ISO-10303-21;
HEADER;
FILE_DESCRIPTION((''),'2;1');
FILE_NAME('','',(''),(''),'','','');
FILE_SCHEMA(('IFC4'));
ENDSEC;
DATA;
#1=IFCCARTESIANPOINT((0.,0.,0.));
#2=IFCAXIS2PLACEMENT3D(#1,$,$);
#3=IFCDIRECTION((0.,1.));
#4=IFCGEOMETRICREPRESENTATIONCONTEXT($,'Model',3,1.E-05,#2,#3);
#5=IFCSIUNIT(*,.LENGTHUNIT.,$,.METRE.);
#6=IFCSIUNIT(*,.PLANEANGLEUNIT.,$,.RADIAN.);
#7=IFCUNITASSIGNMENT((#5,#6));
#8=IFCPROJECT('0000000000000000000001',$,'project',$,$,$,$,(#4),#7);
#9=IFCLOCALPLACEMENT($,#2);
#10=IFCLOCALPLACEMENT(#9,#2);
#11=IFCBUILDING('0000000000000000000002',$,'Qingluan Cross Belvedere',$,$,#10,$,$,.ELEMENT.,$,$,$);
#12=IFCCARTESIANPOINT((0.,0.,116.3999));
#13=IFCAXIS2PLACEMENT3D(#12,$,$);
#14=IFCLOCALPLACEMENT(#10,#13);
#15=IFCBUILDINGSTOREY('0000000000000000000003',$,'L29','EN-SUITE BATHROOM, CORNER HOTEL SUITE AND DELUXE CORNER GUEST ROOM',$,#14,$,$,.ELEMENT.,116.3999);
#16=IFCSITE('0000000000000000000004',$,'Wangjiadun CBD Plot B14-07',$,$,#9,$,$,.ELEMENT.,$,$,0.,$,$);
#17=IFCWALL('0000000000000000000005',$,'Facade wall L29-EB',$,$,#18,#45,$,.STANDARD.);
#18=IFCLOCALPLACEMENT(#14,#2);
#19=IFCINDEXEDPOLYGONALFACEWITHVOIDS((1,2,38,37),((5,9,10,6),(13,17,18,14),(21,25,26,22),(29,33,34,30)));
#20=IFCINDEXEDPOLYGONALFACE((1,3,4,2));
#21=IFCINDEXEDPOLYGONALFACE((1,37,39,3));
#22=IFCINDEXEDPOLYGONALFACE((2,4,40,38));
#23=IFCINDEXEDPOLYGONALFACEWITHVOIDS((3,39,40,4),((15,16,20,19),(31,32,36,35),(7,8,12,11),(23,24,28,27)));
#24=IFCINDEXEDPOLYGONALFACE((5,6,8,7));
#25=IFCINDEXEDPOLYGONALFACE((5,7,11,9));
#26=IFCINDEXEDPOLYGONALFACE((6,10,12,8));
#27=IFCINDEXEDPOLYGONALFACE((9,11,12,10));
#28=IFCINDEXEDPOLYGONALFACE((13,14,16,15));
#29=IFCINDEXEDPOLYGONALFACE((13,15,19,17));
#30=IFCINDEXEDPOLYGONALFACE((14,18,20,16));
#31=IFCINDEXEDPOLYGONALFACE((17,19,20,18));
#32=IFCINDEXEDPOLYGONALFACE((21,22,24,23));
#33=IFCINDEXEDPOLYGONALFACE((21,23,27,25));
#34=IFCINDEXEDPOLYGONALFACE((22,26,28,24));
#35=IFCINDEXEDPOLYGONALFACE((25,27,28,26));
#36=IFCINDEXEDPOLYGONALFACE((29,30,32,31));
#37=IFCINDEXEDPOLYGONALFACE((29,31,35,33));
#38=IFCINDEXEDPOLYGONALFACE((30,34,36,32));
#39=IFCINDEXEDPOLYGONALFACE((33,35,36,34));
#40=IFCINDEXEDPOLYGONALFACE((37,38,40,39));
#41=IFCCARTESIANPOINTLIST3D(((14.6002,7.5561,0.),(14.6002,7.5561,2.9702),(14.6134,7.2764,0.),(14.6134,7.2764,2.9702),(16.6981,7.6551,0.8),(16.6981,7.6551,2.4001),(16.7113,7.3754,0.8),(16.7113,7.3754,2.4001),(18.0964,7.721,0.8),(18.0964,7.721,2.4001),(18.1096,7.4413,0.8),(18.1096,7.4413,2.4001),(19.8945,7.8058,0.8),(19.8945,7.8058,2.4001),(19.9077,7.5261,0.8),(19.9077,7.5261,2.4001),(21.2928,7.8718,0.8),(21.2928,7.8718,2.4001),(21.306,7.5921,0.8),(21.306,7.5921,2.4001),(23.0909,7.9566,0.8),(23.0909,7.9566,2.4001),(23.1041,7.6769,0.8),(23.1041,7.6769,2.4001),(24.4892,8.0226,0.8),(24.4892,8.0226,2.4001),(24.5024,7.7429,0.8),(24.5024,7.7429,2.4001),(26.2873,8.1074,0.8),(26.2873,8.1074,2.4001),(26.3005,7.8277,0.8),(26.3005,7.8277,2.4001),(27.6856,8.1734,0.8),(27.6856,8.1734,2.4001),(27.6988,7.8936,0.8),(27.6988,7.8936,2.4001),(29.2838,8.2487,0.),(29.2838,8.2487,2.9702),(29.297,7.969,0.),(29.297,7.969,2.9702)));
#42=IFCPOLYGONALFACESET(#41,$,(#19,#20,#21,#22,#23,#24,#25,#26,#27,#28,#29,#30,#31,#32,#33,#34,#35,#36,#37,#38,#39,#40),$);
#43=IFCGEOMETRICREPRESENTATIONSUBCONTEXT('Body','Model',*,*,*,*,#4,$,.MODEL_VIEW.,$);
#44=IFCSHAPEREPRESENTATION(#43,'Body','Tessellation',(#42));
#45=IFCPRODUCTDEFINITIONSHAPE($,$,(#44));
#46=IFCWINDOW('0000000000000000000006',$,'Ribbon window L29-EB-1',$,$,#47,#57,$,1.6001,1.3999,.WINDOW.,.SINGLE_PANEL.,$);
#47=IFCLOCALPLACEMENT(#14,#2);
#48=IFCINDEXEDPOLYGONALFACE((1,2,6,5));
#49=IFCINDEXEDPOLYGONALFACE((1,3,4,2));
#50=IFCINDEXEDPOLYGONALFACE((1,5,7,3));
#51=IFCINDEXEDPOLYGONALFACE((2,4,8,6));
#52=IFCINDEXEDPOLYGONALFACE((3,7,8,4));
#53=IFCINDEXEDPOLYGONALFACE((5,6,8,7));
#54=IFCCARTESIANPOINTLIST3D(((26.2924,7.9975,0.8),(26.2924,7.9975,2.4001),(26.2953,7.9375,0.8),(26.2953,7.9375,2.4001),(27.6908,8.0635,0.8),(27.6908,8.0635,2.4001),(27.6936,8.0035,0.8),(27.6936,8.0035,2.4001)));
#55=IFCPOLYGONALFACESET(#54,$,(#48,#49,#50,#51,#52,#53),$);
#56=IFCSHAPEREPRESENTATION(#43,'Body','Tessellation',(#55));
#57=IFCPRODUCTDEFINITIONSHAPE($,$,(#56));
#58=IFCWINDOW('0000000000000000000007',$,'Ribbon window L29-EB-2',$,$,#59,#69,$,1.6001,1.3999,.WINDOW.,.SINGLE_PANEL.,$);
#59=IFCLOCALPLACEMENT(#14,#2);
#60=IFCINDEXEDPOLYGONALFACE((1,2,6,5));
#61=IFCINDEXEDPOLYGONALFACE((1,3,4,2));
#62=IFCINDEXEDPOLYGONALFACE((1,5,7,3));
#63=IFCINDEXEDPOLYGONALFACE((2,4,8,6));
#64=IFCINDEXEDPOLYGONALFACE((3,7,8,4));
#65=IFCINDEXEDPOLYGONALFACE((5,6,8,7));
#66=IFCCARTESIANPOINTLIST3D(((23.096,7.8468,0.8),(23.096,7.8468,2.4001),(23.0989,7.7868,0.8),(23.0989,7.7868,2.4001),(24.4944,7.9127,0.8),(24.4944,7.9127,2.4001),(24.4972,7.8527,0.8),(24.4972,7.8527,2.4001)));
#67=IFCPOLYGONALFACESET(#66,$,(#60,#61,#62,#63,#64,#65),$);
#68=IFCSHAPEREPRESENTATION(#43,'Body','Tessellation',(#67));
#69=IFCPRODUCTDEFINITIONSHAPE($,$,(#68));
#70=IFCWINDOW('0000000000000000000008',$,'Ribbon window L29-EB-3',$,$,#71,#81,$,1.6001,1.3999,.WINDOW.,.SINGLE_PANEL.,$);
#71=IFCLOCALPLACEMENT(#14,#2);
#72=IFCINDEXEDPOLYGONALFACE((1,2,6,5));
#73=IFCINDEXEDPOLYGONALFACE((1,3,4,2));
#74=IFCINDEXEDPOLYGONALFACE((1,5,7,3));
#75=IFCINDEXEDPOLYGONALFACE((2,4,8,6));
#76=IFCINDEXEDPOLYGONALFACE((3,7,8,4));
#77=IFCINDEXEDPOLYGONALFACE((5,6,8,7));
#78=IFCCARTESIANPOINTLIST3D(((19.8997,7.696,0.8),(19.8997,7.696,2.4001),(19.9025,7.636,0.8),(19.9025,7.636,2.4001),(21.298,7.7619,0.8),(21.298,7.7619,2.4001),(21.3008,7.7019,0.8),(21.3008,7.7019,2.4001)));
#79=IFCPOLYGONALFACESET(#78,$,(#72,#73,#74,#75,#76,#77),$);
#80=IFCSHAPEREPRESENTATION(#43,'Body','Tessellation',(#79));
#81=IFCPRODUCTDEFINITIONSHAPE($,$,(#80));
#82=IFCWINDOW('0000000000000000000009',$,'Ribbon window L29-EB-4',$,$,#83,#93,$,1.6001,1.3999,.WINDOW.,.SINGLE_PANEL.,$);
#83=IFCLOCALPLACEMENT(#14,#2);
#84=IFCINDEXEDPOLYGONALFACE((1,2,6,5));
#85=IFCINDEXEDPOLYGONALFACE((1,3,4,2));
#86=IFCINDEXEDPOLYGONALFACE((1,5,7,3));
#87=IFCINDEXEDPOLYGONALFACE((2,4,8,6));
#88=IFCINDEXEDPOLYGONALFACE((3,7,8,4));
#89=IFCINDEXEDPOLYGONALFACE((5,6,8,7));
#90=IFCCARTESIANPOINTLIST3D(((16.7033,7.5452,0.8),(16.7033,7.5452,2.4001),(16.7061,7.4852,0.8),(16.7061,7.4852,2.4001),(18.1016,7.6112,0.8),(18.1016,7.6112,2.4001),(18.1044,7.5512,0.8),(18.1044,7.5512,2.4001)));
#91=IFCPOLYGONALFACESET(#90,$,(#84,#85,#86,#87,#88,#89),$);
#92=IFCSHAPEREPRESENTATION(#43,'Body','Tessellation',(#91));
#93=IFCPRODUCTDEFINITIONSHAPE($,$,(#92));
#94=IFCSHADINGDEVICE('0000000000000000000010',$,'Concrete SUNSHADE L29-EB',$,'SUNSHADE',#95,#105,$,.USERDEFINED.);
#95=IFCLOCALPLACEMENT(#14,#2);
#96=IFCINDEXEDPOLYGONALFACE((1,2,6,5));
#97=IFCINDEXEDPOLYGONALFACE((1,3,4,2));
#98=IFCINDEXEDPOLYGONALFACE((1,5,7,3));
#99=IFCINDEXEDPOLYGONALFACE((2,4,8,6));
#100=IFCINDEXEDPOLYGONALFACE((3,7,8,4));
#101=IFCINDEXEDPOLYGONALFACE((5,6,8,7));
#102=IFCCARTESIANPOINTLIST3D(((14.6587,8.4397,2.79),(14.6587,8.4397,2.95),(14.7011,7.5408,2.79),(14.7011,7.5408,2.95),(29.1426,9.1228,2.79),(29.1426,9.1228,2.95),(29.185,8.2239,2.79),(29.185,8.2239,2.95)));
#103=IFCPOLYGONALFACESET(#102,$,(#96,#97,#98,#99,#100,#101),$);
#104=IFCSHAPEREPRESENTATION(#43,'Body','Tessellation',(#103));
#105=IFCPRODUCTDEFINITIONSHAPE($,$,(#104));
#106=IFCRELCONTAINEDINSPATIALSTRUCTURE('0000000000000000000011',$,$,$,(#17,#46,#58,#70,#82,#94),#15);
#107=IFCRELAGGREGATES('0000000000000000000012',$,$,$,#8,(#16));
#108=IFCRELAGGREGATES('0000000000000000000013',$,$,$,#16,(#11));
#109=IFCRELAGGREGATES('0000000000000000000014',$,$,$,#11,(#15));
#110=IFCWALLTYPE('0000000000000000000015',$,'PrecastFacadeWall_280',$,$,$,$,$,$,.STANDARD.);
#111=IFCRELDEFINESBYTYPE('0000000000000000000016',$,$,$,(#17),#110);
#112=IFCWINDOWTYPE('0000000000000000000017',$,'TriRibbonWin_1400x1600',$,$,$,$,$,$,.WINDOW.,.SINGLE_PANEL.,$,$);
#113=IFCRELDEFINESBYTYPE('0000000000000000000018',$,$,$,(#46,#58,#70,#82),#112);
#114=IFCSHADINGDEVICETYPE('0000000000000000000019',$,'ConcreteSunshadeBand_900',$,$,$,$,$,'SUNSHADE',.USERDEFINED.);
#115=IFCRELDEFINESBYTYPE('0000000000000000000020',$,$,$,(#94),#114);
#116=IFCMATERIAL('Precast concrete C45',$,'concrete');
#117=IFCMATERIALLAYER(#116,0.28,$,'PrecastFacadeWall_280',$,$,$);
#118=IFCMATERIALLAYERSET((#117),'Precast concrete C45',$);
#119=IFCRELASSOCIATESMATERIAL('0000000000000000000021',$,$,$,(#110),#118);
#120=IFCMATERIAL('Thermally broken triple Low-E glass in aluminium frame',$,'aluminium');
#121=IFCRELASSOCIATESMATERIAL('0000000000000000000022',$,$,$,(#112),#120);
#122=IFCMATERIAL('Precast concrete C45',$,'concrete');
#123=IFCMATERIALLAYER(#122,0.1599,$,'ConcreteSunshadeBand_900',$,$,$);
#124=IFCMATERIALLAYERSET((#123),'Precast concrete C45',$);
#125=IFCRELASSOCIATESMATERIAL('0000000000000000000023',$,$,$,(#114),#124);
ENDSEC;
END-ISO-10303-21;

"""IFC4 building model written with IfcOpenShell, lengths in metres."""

from ifc_helpers import new_model, si_unit, direction, frame, frame_2d, origin, origin_2d, place, context, subcontext, project, spatial, rectangle, extrude, material, layer, layer_set, type_object, element, fill, save


model = new_model("IFC4")

# Units and contexts
model_context = context("Model", 3, precision=1e-05, world=origin(), true_north=direction((0.0, 1.0)))
body_context = subcontext(model_context, "Body", "Model", "MODEL_VIEW")
ifc_project = project(units=[si_unit("LENGTHUNIT", "METRE"), si_unit("PLANEANGLEUNIT", "RADIAN")], contexts=[model_context])

# Site, building, storey
site_placement = place(None, origin())
site = spatial("IfcSite", under=ifc_project, at=site_placement, Name="Wangjiadun CBD Plot B14-07", CompositionType="ELEMENT", RefElevation=0.0)
building_placement = place(site_placement, origin())
building = spatial("IfcBuilding", under=site, at=building_placement, Name="Qingluan Cross Belvedere", CompositionType="ELEMENT")
storey_placement = place(building_placement, frame((0.0, 0.0, 116.3999)))
storey = spatial("IfcBuildingStorey", under=building, at=storey_placement, Name="L29", Description="EN-SUITE BATHROOM, CORNER HOTEL SUITE AND DELUXE CORNER GUEST ROOM", CompositionType="ELEMENT", Elevation=116.3999)

# Wall, openings, windows
ifc_material_1 = material(Name="Precast concrete C45", Category="concrete")
ifc_layer_1 = layer(ifc_material_1, 0.28, Name="PrecastFacadeWall_280")
ifc_layer_set_1 = layer_set([ifc_layer_1], Name="Precast concrete C45")
wall_type_1 = type_object("IfcWallType", Name="PrecastFacadeWall_280", PredefinedType="STANDARD", material=ifc_layer_set_1)
wall_1_placement = place(storey_placement, frame((29.2905, 8.1089, 0.0), z_axis=(0.0, 0.0, 1.0), x_axis=(-0.998889, -0.047118, 0.0)))
wall_1 = element("IfcWall", 1, at=wall_1_placement, inside=storey, type_object=wall_type_1, Name="Facade wall L29-EB", PredefinedType="STANDARD", context=body_context, shape_type="SweptSolid", body=[
    extrude(rectangle(XDim=14.7, YDim=0.28, at=frame_2d((7.3501, 0.0))), origin(), (0.0, 0.0, 1.0), 2.9702),
])
opening_1_placement = place(wall_1_placement, frame((1.6001, 0.0, 0.8)))
opening_1 = element("IfcOpeningElement", 2, at=opening_1_placement, cuts=wall_1, PredefinedType="OPENING", context=body_context, shape_type="SweptSolid", body=[
    extrude(rectangle(XDim=1.3999, YDim=1.6001, at=frame_2d((0.7, 0.8))), frame((0.0, 0.1499, 0.0), z_axis=(0.0, -1.0, 0.0), x_axis=(1.0, 0.0, 0.0)), (0.0, 0.0, 1.0), 0.3),
])
opening_2_placement = place(wall_1_placement, frame((4.8, 0.0, 0.8)))
opening_2 = element("IfcOpeningElement", 3, at=opening_2_placement, cuts=wall_1, PredefinedType="OPENING", context=body_context, shape_type="SweptSolid", body=[
    extrude(rectangle(XDim=1.3999, YDim=1.6001, at=frame_2d((0.7, 0.8))), frame((0.0, 0.1499, 0.0), z_axis=(0.0, -1.0, 0.0), x_axis=(1.0, 0.0, 0.0)), (0.0, 0.0, 1.0), 0.3),
])
opening_3_placement = place(wall_1_placement, frame((8.0, 0.0, 0.8)))
opening_3 = element("IfcOpeningElement", 4, at=opening_3_placement, cuts=wall_1, PredefinedType="OPENING", context=body_context, shape_type="SweptSolid", body=[
    extrude(rectangle(XDim=1.3999, YDim=1.6001, at=frame_2d((0.7, 0.8))), frame((0.0, 0.1499, 0.0), z_axis=(0.0, -1.0, 0.0), x_axis=(1.0, 0.0, 0.0)), (0.0, 0.0, 1.0), 0.3),
])
opening_4_placement = place(wall_1_placement, frame((11.2, 0.0, 0.8)))
opening_4 = element("IfcOpeningElement", 5, at=opening_4_placement, cuts=wall_1, PredefinedType="OPENING", context=body_context, shape_type="SweptSolid", body=[
    extrude(rectangle(XDim=1.3999, YDim=1.6001, at=frame_2d((0.7, 0.8))), frame((0.0, 0.1499, 0.0), z_axis=(0.0, -1.0, 0.0), x_axis=(1.0, 0.0, 0.0)), (0.0, 0.0, 1.0), 0.3),
])
ifc_material_2 = material(Name="Thermally broken triple Low-E glass in aluminium frame", Category="aluminium")
window_type = type_object("IfcWindowType", Name="TriRibbonWin_1400x1600", PartitioningType="SINGLE_PANEL", PredefinedType="WINDOW", material=ifc_material_2)
window_1_placement = place(opening_1_placement, origin())
window_1 = element("IfcWindow", 6, at=window_1_placement, inside=storey, type_object=window_type, Name="Ribbon window L29-EB-1", OverallHeight=1.6001, OverallWidth=1.3999, PartitioningType="SINGLE_PANEL", PredefinedType="WINDOW", context=body_context, shape_type="SweptSolid", body=[
    extrude(rectangle(XDim=1.3999, YDim=1.6001, at=frame_2d((0.7, 0.8))), frame((0.0, 0.03, 0.0), z_axis=(0.0, -1.0, 0.0), x_axis=(1.0, 0.0, 0.0)), (0.0, 0.0, 1.0), 0.0601),
])
fill(opening_1, window_1)
window_2_placement = place(opening_2_placement, origin())
window_2 = element("IfcWindow", 7, at=window_2_placement, inside=storey, type_object=window_type, Name="Ribbon window L29-EB-2", OverallHeight=1.6001, OverallWidth=1.3999, PartitioningType="SINGLE_PANEL", PredefinedType="WINDOW", context=body_context, shape_type="SweptSolid", body=[
    extrude(rectangle(XDim=1.3999, YDim=1.6001, at=frame_2d((0.7, 0.8))), frame((0.0, 0.03, 0.0), z_axis=(0.0, -1.0, 0.0), x_axis=(1.0, 0.0, 0.0)), (0.0, 0.0, 1.0), 0.0601),
])
fill(opening_2, window_2)
window_3_placement = place(opening_3_placement, origin())
window_3 = element("IfcWindow", 8, at=window_3_placement, inside=storey, type_object=window_type, Name="Ribbon window L29-EB-3", OverallHeight=1.6001, OverallWidth=1.3999, PartitioningType="SINGLE_PANEL", PredefinedType="WINDOW", context=body_context, shape_type="SweptSolid", body=[
    extrude(rectangle(XDim=1.3999, YDim=1.6001, at=frame_2d((0.7, 0.8))), frame((0.0, 0.03, 0.0), z_axis=(0.0, -1.0, 0.0), x_axis=(1.0, 0.0, 0.0)), (0.0, 0.0, 1.0), 0.0601),
])
fill(opening_3, window_3)
window_4_placement = place(opening_4_placement, origin())
window_4 = element("IfcWindow", 9, at=window_4_placement, inside=storey, type_object=window_type, Name="Ribbon window L29-EB-4", OverallHeight=1.6001, OverallWidth=1.3999, PartitioningType="SINGLE_PANEL", PredefinedType="WINDOW", context=body_context, shape_type="SweptSolid", body=[
    extrude(rectangle(XDim=1.3999, YDim=1.6001, at=frame_2d((0.7, 0.8))), frame((0.0, 0.03, 0.0), z_axis=(0.0, -1.0, 0.0), x_axis=(1.0, 0.0, 0.0)), (0.0, 0.0, 1.0), 0.0601),
])
fill(opening_4, window_4)

# Shading device
ifc_material_3 = material(Name="Precast concrete C45", Category="concrete")
ifc_layer_2 = layer(ifc_material_3, 0.1599, Name="ConcreteSunshadeBand_900")
ifc_layer_set_2 = layer_set([ifc_layer_2], Name="Precast concrete C45")
shading_device_type = type_object("IfcShadingDeviceType", Name="ConcreteSunshadeBand_900", ElementType="SUNSHADE", PredefinedType="USERDEFINED", material=ifc_layer_set_2)
shading_device_placement = place(storey_placement, frame((21.9219, 8.3318, 2.79), z_axis=(0.0, 0.0, 1.0), x_axis=(-0.99889, -0.047109, 0.0)))
element("IfcShadingDevice", 10, at=shading_device_placement, inside=storey, type_object=shading_device_type, Name="Concrete SUNSHADE L29-EB", ObjectType="SUNSHADE", PredefinedType="USERDEFINED", context=body_context, shape_type="SweptSolid", body=[
    extrude(rectangle(XDim=14.5, YDim=0.8999, at=origin_2d()), origin(), (0.0, 0.0, 1.0), 0.1599),
])

save(model, "model.ifc")
